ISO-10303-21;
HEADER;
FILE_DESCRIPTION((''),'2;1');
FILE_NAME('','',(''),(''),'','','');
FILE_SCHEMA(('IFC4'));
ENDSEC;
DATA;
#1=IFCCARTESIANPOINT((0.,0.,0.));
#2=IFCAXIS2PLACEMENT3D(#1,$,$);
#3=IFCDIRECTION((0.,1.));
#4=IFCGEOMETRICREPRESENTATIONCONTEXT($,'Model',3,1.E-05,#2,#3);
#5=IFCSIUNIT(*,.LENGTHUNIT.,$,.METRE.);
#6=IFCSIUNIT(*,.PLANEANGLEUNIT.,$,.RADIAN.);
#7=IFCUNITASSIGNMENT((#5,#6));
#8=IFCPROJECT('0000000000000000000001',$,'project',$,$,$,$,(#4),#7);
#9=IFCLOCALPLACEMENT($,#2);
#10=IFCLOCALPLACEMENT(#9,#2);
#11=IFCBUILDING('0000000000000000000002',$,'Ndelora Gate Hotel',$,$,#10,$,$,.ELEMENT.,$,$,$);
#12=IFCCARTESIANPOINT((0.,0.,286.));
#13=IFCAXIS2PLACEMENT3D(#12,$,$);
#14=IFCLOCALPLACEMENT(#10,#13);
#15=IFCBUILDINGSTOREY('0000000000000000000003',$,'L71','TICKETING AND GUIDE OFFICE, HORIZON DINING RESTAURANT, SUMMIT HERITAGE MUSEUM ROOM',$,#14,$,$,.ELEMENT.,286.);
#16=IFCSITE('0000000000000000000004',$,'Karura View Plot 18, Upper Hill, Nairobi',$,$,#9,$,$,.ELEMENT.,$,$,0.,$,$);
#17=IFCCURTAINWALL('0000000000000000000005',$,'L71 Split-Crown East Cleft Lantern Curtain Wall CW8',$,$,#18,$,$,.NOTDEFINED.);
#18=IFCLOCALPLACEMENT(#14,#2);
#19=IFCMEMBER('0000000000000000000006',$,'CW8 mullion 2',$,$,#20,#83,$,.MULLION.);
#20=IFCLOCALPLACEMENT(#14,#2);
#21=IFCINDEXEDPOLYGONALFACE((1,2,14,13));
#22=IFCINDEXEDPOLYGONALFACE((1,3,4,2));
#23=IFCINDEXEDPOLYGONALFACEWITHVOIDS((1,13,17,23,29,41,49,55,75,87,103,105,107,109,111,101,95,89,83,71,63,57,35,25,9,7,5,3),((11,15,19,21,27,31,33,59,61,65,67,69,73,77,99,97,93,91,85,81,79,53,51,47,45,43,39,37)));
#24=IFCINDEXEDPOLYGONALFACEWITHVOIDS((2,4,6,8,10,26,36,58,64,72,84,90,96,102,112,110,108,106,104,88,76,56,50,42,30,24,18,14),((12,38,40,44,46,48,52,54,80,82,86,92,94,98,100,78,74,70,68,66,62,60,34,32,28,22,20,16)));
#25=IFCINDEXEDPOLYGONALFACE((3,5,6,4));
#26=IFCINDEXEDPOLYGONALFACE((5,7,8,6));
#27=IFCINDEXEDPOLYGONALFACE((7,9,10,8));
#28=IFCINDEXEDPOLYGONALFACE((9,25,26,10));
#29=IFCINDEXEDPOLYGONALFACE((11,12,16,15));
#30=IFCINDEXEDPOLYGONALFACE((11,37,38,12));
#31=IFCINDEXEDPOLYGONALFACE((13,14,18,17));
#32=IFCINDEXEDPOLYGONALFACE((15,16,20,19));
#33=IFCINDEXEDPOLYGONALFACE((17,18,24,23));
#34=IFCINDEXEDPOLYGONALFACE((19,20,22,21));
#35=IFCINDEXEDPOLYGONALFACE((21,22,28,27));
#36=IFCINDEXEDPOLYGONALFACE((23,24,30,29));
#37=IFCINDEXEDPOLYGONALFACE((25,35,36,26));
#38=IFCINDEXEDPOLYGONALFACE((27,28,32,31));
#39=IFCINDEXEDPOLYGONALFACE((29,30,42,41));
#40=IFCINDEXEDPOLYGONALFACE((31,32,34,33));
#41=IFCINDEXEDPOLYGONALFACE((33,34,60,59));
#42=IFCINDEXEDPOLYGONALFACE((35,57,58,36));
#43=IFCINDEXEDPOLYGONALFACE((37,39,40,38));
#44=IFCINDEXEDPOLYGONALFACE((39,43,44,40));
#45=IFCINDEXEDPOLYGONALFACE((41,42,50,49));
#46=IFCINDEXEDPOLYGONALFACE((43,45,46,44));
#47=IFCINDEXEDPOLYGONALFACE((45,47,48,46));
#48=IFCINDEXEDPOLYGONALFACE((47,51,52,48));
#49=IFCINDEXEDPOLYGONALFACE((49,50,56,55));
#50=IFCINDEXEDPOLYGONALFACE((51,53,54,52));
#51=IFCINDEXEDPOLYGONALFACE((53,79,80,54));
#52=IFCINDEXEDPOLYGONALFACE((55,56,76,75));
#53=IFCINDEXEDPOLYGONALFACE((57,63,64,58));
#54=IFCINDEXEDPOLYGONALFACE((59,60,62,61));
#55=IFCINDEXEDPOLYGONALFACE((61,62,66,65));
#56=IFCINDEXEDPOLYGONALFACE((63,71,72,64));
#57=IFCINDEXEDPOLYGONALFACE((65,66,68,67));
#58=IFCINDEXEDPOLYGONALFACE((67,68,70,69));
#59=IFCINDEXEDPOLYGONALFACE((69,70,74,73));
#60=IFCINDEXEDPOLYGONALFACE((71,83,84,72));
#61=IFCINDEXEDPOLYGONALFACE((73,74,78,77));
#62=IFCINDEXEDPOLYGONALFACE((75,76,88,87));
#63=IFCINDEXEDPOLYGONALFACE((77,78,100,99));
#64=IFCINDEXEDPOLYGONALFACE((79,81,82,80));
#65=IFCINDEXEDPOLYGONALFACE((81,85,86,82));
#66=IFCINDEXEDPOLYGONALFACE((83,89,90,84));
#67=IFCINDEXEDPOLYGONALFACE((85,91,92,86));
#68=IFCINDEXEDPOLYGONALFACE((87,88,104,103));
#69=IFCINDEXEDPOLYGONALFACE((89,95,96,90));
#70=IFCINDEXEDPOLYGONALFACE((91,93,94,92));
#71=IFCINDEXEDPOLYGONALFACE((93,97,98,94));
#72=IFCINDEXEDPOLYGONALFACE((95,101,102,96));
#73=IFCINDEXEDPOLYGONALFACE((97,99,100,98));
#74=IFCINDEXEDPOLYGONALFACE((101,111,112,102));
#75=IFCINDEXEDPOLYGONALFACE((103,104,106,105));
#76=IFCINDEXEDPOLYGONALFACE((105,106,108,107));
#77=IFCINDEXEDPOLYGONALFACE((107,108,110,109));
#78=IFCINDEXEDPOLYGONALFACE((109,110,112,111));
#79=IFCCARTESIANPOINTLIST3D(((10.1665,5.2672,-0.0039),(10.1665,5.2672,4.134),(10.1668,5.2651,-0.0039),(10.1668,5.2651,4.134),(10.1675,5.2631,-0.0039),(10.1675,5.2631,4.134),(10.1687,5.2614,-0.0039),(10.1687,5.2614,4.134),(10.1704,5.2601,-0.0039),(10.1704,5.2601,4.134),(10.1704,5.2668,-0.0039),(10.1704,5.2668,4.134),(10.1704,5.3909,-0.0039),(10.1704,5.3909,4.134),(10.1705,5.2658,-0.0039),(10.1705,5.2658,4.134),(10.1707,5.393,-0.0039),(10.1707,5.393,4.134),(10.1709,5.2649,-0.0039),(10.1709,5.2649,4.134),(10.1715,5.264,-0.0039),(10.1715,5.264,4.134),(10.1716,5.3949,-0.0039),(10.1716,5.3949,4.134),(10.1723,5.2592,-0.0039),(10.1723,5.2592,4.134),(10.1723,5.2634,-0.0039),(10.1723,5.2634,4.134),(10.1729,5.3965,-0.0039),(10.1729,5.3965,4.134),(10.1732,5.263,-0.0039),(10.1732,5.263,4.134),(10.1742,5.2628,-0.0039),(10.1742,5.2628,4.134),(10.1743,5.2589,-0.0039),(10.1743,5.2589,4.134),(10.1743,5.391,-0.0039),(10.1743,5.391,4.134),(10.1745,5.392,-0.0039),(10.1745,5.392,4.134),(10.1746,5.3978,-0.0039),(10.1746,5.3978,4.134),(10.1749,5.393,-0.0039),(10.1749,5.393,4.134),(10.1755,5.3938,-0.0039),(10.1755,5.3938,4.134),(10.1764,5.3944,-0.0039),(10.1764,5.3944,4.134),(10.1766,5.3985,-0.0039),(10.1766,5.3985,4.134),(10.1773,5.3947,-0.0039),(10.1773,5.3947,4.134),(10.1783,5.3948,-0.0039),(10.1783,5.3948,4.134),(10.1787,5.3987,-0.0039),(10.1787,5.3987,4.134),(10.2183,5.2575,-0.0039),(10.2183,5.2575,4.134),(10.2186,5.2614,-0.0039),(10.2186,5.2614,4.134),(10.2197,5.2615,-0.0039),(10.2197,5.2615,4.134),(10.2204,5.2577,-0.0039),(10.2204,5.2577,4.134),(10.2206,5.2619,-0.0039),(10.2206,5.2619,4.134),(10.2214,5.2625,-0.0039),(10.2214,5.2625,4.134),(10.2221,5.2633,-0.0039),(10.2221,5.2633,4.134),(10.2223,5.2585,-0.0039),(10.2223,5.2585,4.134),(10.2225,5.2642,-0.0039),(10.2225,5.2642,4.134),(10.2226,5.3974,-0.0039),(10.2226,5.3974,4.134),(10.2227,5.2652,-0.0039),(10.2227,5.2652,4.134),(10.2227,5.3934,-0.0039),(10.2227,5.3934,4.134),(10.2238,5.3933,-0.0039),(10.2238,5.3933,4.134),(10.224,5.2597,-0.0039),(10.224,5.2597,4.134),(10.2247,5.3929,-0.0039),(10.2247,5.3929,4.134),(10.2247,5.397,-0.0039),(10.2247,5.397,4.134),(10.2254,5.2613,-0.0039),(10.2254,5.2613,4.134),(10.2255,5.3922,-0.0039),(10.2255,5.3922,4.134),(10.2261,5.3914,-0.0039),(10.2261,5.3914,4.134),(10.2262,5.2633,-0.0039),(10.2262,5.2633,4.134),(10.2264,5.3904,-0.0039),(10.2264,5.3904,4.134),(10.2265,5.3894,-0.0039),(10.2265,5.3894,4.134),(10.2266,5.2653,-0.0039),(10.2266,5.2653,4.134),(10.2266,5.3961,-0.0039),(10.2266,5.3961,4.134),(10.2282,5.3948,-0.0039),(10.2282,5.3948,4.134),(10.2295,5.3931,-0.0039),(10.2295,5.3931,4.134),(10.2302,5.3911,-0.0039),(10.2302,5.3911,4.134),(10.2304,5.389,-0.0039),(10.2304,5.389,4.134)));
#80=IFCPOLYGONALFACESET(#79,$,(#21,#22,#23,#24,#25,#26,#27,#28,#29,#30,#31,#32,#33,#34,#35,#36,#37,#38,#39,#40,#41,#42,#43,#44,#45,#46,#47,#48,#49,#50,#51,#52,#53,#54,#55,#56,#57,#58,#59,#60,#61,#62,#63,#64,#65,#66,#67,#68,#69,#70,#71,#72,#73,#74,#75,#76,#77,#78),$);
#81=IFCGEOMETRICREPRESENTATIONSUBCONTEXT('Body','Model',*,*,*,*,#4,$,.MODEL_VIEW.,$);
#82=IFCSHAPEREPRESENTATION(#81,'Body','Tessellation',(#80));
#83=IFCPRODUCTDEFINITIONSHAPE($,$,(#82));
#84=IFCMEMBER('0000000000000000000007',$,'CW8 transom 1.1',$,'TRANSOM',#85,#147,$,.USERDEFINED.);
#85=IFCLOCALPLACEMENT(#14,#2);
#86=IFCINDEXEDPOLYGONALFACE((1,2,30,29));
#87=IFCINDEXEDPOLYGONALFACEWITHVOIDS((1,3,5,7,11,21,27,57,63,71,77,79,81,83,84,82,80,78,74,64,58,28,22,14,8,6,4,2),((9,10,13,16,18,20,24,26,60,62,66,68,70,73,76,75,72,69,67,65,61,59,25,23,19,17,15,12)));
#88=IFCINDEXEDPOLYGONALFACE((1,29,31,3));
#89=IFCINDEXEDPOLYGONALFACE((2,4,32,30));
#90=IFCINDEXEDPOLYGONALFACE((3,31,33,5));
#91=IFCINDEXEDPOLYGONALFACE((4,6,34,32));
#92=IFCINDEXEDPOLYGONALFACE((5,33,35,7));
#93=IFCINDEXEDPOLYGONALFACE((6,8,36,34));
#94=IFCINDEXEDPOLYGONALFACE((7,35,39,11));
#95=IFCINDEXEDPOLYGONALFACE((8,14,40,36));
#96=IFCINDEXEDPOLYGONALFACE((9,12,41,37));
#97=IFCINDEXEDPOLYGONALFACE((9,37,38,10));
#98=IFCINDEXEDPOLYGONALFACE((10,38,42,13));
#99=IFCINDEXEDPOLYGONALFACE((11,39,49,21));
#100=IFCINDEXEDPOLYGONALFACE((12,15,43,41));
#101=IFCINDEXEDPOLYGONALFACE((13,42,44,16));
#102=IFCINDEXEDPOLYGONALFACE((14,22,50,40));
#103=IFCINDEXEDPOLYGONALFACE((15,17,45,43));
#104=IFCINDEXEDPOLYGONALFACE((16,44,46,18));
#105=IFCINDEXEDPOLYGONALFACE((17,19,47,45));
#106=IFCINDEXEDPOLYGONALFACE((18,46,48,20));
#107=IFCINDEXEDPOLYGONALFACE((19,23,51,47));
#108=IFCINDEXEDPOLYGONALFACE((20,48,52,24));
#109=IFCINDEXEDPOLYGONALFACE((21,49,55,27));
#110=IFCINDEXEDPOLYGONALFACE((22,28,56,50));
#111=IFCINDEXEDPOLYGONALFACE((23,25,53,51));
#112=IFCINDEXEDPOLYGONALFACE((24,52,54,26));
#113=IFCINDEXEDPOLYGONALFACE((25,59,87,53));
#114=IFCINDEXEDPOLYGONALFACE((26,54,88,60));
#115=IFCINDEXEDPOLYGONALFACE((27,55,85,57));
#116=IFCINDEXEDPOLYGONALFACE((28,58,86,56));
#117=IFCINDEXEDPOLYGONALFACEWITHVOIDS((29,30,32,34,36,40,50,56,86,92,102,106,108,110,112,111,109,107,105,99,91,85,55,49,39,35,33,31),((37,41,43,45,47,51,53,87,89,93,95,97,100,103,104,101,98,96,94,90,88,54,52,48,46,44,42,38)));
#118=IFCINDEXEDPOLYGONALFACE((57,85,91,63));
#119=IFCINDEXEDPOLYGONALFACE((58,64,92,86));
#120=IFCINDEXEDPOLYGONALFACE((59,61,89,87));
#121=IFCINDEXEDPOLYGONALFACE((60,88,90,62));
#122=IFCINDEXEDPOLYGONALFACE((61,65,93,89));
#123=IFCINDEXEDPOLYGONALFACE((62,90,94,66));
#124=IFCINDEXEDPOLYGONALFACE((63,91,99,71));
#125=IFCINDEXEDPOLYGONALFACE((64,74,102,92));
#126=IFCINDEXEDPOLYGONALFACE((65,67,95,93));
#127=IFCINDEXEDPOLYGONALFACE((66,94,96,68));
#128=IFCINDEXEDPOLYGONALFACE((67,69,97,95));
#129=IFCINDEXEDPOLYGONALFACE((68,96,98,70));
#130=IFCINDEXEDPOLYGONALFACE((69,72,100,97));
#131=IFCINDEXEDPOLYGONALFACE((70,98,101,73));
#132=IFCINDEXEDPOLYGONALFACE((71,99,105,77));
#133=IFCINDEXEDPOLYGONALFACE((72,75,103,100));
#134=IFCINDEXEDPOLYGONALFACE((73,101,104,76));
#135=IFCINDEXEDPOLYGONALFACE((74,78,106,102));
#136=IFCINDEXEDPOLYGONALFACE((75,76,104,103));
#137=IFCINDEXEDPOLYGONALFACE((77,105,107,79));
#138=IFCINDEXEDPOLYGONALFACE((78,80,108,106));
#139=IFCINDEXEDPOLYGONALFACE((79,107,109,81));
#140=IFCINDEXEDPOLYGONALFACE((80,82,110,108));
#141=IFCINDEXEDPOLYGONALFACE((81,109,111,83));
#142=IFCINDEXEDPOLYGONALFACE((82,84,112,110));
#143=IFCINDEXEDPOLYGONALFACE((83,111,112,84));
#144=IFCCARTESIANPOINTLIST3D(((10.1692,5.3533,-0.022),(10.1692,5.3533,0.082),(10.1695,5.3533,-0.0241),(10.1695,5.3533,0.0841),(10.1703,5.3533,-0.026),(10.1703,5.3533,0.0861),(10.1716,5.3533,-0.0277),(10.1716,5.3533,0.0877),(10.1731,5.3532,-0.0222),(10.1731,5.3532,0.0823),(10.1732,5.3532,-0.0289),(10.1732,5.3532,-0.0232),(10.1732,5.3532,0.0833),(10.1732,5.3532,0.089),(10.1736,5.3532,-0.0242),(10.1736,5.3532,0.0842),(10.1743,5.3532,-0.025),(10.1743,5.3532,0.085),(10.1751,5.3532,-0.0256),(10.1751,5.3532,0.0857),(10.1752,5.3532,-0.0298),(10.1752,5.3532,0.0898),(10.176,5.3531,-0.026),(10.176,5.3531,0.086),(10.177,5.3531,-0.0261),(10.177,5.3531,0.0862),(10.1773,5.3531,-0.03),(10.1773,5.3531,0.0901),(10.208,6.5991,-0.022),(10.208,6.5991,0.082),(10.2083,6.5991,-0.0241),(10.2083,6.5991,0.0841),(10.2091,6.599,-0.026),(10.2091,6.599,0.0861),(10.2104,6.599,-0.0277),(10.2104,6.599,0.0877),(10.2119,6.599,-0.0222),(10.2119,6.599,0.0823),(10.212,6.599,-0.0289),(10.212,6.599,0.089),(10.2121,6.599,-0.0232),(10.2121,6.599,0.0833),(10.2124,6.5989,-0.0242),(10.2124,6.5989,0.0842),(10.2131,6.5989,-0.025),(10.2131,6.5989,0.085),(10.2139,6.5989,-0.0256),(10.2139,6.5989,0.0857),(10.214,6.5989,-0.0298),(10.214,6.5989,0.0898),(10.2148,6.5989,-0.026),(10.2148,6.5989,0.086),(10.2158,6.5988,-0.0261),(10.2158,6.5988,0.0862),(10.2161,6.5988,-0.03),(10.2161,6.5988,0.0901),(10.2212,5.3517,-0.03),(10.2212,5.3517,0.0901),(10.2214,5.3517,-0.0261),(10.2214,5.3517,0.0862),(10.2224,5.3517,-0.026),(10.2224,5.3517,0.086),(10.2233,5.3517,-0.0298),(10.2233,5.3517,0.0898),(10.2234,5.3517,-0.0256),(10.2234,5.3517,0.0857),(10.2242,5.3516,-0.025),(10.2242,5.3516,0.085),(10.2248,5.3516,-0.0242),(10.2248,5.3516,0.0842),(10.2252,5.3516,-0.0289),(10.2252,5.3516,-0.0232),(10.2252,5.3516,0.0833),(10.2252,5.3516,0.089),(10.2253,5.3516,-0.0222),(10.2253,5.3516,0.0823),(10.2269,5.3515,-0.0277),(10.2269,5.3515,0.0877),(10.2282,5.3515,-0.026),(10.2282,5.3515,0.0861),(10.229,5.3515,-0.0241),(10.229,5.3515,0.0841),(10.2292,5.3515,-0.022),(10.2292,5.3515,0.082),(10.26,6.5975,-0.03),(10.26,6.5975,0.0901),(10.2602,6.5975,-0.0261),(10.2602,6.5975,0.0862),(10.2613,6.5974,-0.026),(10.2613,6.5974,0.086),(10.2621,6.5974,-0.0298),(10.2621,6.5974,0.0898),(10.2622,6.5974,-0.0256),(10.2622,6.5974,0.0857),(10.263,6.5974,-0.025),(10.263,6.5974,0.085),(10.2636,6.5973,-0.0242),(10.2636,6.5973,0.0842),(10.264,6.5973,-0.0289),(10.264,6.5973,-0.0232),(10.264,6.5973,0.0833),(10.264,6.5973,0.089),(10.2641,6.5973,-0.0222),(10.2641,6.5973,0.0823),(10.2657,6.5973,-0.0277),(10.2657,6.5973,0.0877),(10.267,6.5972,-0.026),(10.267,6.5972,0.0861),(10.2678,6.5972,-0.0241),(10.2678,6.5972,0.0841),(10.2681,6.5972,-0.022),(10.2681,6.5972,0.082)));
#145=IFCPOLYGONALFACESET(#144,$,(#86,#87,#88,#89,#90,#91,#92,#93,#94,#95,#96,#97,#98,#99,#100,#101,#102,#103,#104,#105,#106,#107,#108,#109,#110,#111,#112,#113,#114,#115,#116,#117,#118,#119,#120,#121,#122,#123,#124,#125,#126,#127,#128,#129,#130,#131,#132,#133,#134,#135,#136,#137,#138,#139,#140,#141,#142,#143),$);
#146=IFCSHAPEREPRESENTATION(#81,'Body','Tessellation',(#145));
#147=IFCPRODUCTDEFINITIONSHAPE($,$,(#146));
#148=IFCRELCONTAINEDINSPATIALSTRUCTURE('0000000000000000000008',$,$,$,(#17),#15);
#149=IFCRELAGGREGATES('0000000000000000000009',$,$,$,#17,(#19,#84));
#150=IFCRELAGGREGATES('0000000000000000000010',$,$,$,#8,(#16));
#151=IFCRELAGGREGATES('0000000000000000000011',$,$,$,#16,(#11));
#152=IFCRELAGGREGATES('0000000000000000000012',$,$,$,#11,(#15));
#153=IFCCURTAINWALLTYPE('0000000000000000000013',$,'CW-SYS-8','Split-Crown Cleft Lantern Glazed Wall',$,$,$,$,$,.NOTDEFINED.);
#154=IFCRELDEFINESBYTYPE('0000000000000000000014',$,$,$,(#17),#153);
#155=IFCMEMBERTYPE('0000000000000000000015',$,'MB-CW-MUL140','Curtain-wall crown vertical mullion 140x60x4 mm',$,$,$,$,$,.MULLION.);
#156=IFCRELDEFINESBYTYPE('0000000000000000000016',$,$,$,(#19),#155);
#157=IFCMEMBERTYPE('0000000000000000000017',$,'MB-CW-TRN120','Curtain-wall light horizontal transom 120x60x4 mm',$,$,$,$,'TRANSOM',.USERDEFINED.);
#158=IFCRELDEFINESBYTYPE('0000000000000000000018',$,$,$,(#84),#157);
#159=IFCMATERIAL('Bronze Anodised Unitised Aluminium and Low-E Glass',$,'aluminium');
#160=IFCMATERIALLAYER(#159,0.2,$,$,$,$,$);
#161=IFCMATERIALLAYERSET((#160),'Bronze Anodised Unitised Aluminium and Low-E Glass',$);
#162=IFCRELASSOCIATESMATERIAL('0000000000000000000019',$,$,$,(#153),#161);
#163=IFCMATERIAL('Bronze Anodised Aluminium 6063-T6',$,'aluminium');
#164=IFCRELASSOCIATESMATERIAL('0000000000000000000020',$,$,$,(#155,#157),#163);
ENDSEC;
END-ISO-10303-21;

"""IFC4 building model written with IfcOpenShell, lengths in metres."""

from ifc_helpers import new_model, si_unit, direction, frame, origin, origin_2d, place, context, subcontext, project, spatial, hollow_rectangle, extrude, material, layer, layer_set, material_profile, profile_set, type_object, element, aggregate, save


model = new_model("IFC4")

# Units and contexts
model_context = context("Model", 3, precision=1e-05, world=origin(), true_north=direction((0.0, 1.0)))
body_context = subcontext(model_context, "Body", "Model", "MODEL_VIEW")
ifc_project = project(units=[si_unit("LENGTHUNIT", "METRE"), si_unit("PLANEANGLEUNIT", "RADIAN")], contexts=[model_context])

# Site, building, storey
site_placement = place(None, origin())
site = spatial("IfcSite", under=ifc_project, at=site_placement, Name="Karura View Plot 18, Upper Hill, Nairobi", CompositionType="ELEMENT", RefElevation=0.0)
building_placement = place(site_placement, origin())
building = spatial("IfcBuilding", under=site, at=building_placement, Name="Ndelora Gate Hotel", CompositionType="ELEMENT")
storey_placement = place(building_placement, frame((0.0, 0.0, 286.0)))
storey = spatial("IfcBuildingStorey", under=building, at=storey_placement, Name="L71", Description="TICKETING AND GUIDE OFFICE, HORIZON DINING RESTAURANT, SUMMIT HERITAGE MUSEUM ROOM", CompositionType="ELEMENT", Elevation=286.0)

# Shared definitions
ifc_material_1 = material(Name="Bronze Anodised Unitised Aluminium and Low-E Glass", Category="aluminium")
ifc_layer_1 = layer(ifc_material_1, 0.2)
ifc_layer_set_1 = layer_set([ifc_layer_1], Name="Bronze Anodised Unitised Aluminium and Low-E Glass")
curtain_wall_type = type_object("IfcCurtainWallType", Name="CW-SYS-8", Description="Split-Crown Cleft Lantern Glazed Wall", PredefinedType="NOTDEFINED", material=ifc_layer_set_1)
ifc_material_2 = material(Name="Bronze Anodised Aluminium 6063-T6", Category="aluminium")
ifc_material_profile_1 = material_profile(ifc_material_2, hollow_rectangle(XDim=0.0601, YDim=0.1399, WallThickness=0.0039, InnerFilletRadius=0.0039, OuterFilletRadius=0.0081, at=origin_2d()), Name="ALU 140x60x4")
ifc_profile_set_1 = profile_set([ifc_material_profile_1], Name="Bronze Anodised Aluminium 6063-T6")
member_type_1 = type_object("IfcMemberType", Name="MB-CW-MUL140", Description="Curtain-wall crown vertical mullion 140x60x4 mm", PredefinedType="MULLION", material=ifc_profile_set_1)

# Curtain wall, members
curtain_wall_1_placement = place(storey_placement, origin())
curtain_wall_1 = element("IfcCurtainWall", 1, at=curtain_wall_1_placement, inside=storey, type_object=curtain_wall_type, Name="L71 Split-Crown East Cleft Lantern Curtain Wall CW8", PredefinedType="NOTDEFINED")
member_1_placement = place(storey_placement, frame((10.1985, 5.3281, -0.0039), z_axis=(0.0, 0.0, 1.0), x_axis=(0.999515, -0.031131, 0.0)))
member_1 = element("IfcMember", 2, at=member_1_placement, type_object=member_type_1, Name="CW8 mullion 2", PredefinedType="MULLION", context=body_context, shape_type="SweptSolid", body=[
    extrude(hollow_rectangle(XDim=0.0601, YDim=0.1399, WallThickness=0.0039, InnerFilletRadius=0.0039, OuterFilletRadius=0.0081, at=origin_2d()), origin(), (0.0, 0.0, 1.0), 4.1379),
])
ifc_material_profile_2 = material_profile(ifc_material_2, hollow_rectangle(XDim=0.0601, YDim=0.1201, WallThickness=0.0039, InnerFilletRadius=0.0039, OuterFilletRadius=0.0081, at=origin_2d()), Name="ALU 120x60x4")
ifc_profile_set_2 = profile_set([ifc_material_profile_2], Name="Bronze Anodised Aluminium 6063-T6")
member_type_2 = type_object("IfcMemberType", Name="MB-CW-TRN120", Description="Curtain-wall light horizontal transom 120x60x4 mm", ElementType="TRANSOM", PredefinedType="USERDEFINED", material=ifc_profile_set_2)
member_2_placement = place(storey_placement, frame((10.238, 6.5981, 0.03), z_axis=(-0.031143, -0.999515, 0.0), x_axis=(0.999515, -0.031143, 0.0)))
member_2 = element("IfcMember", 3, at=member_2_placement, type_object=member_type_2, Name="CW8 transom 1.1", ObjectType="TRANSOM", PredefinedType="USERDEFINED", context=body_context, shape_type="SweptSolid", body=[
    extrude(hollow_rectangle(XDim=0.0601, YDim=0.1201, WallThickness=0.0039, InnerFilletRadius=0.0039, OuterFilletRadius=0.0081, at=origin_2d()), origin(), (0.0, 0.0, 1.0), 1.2463),
])
aggregate(curtain_wall_1, [member_1, member_2])

save(model, "model.ifc")
